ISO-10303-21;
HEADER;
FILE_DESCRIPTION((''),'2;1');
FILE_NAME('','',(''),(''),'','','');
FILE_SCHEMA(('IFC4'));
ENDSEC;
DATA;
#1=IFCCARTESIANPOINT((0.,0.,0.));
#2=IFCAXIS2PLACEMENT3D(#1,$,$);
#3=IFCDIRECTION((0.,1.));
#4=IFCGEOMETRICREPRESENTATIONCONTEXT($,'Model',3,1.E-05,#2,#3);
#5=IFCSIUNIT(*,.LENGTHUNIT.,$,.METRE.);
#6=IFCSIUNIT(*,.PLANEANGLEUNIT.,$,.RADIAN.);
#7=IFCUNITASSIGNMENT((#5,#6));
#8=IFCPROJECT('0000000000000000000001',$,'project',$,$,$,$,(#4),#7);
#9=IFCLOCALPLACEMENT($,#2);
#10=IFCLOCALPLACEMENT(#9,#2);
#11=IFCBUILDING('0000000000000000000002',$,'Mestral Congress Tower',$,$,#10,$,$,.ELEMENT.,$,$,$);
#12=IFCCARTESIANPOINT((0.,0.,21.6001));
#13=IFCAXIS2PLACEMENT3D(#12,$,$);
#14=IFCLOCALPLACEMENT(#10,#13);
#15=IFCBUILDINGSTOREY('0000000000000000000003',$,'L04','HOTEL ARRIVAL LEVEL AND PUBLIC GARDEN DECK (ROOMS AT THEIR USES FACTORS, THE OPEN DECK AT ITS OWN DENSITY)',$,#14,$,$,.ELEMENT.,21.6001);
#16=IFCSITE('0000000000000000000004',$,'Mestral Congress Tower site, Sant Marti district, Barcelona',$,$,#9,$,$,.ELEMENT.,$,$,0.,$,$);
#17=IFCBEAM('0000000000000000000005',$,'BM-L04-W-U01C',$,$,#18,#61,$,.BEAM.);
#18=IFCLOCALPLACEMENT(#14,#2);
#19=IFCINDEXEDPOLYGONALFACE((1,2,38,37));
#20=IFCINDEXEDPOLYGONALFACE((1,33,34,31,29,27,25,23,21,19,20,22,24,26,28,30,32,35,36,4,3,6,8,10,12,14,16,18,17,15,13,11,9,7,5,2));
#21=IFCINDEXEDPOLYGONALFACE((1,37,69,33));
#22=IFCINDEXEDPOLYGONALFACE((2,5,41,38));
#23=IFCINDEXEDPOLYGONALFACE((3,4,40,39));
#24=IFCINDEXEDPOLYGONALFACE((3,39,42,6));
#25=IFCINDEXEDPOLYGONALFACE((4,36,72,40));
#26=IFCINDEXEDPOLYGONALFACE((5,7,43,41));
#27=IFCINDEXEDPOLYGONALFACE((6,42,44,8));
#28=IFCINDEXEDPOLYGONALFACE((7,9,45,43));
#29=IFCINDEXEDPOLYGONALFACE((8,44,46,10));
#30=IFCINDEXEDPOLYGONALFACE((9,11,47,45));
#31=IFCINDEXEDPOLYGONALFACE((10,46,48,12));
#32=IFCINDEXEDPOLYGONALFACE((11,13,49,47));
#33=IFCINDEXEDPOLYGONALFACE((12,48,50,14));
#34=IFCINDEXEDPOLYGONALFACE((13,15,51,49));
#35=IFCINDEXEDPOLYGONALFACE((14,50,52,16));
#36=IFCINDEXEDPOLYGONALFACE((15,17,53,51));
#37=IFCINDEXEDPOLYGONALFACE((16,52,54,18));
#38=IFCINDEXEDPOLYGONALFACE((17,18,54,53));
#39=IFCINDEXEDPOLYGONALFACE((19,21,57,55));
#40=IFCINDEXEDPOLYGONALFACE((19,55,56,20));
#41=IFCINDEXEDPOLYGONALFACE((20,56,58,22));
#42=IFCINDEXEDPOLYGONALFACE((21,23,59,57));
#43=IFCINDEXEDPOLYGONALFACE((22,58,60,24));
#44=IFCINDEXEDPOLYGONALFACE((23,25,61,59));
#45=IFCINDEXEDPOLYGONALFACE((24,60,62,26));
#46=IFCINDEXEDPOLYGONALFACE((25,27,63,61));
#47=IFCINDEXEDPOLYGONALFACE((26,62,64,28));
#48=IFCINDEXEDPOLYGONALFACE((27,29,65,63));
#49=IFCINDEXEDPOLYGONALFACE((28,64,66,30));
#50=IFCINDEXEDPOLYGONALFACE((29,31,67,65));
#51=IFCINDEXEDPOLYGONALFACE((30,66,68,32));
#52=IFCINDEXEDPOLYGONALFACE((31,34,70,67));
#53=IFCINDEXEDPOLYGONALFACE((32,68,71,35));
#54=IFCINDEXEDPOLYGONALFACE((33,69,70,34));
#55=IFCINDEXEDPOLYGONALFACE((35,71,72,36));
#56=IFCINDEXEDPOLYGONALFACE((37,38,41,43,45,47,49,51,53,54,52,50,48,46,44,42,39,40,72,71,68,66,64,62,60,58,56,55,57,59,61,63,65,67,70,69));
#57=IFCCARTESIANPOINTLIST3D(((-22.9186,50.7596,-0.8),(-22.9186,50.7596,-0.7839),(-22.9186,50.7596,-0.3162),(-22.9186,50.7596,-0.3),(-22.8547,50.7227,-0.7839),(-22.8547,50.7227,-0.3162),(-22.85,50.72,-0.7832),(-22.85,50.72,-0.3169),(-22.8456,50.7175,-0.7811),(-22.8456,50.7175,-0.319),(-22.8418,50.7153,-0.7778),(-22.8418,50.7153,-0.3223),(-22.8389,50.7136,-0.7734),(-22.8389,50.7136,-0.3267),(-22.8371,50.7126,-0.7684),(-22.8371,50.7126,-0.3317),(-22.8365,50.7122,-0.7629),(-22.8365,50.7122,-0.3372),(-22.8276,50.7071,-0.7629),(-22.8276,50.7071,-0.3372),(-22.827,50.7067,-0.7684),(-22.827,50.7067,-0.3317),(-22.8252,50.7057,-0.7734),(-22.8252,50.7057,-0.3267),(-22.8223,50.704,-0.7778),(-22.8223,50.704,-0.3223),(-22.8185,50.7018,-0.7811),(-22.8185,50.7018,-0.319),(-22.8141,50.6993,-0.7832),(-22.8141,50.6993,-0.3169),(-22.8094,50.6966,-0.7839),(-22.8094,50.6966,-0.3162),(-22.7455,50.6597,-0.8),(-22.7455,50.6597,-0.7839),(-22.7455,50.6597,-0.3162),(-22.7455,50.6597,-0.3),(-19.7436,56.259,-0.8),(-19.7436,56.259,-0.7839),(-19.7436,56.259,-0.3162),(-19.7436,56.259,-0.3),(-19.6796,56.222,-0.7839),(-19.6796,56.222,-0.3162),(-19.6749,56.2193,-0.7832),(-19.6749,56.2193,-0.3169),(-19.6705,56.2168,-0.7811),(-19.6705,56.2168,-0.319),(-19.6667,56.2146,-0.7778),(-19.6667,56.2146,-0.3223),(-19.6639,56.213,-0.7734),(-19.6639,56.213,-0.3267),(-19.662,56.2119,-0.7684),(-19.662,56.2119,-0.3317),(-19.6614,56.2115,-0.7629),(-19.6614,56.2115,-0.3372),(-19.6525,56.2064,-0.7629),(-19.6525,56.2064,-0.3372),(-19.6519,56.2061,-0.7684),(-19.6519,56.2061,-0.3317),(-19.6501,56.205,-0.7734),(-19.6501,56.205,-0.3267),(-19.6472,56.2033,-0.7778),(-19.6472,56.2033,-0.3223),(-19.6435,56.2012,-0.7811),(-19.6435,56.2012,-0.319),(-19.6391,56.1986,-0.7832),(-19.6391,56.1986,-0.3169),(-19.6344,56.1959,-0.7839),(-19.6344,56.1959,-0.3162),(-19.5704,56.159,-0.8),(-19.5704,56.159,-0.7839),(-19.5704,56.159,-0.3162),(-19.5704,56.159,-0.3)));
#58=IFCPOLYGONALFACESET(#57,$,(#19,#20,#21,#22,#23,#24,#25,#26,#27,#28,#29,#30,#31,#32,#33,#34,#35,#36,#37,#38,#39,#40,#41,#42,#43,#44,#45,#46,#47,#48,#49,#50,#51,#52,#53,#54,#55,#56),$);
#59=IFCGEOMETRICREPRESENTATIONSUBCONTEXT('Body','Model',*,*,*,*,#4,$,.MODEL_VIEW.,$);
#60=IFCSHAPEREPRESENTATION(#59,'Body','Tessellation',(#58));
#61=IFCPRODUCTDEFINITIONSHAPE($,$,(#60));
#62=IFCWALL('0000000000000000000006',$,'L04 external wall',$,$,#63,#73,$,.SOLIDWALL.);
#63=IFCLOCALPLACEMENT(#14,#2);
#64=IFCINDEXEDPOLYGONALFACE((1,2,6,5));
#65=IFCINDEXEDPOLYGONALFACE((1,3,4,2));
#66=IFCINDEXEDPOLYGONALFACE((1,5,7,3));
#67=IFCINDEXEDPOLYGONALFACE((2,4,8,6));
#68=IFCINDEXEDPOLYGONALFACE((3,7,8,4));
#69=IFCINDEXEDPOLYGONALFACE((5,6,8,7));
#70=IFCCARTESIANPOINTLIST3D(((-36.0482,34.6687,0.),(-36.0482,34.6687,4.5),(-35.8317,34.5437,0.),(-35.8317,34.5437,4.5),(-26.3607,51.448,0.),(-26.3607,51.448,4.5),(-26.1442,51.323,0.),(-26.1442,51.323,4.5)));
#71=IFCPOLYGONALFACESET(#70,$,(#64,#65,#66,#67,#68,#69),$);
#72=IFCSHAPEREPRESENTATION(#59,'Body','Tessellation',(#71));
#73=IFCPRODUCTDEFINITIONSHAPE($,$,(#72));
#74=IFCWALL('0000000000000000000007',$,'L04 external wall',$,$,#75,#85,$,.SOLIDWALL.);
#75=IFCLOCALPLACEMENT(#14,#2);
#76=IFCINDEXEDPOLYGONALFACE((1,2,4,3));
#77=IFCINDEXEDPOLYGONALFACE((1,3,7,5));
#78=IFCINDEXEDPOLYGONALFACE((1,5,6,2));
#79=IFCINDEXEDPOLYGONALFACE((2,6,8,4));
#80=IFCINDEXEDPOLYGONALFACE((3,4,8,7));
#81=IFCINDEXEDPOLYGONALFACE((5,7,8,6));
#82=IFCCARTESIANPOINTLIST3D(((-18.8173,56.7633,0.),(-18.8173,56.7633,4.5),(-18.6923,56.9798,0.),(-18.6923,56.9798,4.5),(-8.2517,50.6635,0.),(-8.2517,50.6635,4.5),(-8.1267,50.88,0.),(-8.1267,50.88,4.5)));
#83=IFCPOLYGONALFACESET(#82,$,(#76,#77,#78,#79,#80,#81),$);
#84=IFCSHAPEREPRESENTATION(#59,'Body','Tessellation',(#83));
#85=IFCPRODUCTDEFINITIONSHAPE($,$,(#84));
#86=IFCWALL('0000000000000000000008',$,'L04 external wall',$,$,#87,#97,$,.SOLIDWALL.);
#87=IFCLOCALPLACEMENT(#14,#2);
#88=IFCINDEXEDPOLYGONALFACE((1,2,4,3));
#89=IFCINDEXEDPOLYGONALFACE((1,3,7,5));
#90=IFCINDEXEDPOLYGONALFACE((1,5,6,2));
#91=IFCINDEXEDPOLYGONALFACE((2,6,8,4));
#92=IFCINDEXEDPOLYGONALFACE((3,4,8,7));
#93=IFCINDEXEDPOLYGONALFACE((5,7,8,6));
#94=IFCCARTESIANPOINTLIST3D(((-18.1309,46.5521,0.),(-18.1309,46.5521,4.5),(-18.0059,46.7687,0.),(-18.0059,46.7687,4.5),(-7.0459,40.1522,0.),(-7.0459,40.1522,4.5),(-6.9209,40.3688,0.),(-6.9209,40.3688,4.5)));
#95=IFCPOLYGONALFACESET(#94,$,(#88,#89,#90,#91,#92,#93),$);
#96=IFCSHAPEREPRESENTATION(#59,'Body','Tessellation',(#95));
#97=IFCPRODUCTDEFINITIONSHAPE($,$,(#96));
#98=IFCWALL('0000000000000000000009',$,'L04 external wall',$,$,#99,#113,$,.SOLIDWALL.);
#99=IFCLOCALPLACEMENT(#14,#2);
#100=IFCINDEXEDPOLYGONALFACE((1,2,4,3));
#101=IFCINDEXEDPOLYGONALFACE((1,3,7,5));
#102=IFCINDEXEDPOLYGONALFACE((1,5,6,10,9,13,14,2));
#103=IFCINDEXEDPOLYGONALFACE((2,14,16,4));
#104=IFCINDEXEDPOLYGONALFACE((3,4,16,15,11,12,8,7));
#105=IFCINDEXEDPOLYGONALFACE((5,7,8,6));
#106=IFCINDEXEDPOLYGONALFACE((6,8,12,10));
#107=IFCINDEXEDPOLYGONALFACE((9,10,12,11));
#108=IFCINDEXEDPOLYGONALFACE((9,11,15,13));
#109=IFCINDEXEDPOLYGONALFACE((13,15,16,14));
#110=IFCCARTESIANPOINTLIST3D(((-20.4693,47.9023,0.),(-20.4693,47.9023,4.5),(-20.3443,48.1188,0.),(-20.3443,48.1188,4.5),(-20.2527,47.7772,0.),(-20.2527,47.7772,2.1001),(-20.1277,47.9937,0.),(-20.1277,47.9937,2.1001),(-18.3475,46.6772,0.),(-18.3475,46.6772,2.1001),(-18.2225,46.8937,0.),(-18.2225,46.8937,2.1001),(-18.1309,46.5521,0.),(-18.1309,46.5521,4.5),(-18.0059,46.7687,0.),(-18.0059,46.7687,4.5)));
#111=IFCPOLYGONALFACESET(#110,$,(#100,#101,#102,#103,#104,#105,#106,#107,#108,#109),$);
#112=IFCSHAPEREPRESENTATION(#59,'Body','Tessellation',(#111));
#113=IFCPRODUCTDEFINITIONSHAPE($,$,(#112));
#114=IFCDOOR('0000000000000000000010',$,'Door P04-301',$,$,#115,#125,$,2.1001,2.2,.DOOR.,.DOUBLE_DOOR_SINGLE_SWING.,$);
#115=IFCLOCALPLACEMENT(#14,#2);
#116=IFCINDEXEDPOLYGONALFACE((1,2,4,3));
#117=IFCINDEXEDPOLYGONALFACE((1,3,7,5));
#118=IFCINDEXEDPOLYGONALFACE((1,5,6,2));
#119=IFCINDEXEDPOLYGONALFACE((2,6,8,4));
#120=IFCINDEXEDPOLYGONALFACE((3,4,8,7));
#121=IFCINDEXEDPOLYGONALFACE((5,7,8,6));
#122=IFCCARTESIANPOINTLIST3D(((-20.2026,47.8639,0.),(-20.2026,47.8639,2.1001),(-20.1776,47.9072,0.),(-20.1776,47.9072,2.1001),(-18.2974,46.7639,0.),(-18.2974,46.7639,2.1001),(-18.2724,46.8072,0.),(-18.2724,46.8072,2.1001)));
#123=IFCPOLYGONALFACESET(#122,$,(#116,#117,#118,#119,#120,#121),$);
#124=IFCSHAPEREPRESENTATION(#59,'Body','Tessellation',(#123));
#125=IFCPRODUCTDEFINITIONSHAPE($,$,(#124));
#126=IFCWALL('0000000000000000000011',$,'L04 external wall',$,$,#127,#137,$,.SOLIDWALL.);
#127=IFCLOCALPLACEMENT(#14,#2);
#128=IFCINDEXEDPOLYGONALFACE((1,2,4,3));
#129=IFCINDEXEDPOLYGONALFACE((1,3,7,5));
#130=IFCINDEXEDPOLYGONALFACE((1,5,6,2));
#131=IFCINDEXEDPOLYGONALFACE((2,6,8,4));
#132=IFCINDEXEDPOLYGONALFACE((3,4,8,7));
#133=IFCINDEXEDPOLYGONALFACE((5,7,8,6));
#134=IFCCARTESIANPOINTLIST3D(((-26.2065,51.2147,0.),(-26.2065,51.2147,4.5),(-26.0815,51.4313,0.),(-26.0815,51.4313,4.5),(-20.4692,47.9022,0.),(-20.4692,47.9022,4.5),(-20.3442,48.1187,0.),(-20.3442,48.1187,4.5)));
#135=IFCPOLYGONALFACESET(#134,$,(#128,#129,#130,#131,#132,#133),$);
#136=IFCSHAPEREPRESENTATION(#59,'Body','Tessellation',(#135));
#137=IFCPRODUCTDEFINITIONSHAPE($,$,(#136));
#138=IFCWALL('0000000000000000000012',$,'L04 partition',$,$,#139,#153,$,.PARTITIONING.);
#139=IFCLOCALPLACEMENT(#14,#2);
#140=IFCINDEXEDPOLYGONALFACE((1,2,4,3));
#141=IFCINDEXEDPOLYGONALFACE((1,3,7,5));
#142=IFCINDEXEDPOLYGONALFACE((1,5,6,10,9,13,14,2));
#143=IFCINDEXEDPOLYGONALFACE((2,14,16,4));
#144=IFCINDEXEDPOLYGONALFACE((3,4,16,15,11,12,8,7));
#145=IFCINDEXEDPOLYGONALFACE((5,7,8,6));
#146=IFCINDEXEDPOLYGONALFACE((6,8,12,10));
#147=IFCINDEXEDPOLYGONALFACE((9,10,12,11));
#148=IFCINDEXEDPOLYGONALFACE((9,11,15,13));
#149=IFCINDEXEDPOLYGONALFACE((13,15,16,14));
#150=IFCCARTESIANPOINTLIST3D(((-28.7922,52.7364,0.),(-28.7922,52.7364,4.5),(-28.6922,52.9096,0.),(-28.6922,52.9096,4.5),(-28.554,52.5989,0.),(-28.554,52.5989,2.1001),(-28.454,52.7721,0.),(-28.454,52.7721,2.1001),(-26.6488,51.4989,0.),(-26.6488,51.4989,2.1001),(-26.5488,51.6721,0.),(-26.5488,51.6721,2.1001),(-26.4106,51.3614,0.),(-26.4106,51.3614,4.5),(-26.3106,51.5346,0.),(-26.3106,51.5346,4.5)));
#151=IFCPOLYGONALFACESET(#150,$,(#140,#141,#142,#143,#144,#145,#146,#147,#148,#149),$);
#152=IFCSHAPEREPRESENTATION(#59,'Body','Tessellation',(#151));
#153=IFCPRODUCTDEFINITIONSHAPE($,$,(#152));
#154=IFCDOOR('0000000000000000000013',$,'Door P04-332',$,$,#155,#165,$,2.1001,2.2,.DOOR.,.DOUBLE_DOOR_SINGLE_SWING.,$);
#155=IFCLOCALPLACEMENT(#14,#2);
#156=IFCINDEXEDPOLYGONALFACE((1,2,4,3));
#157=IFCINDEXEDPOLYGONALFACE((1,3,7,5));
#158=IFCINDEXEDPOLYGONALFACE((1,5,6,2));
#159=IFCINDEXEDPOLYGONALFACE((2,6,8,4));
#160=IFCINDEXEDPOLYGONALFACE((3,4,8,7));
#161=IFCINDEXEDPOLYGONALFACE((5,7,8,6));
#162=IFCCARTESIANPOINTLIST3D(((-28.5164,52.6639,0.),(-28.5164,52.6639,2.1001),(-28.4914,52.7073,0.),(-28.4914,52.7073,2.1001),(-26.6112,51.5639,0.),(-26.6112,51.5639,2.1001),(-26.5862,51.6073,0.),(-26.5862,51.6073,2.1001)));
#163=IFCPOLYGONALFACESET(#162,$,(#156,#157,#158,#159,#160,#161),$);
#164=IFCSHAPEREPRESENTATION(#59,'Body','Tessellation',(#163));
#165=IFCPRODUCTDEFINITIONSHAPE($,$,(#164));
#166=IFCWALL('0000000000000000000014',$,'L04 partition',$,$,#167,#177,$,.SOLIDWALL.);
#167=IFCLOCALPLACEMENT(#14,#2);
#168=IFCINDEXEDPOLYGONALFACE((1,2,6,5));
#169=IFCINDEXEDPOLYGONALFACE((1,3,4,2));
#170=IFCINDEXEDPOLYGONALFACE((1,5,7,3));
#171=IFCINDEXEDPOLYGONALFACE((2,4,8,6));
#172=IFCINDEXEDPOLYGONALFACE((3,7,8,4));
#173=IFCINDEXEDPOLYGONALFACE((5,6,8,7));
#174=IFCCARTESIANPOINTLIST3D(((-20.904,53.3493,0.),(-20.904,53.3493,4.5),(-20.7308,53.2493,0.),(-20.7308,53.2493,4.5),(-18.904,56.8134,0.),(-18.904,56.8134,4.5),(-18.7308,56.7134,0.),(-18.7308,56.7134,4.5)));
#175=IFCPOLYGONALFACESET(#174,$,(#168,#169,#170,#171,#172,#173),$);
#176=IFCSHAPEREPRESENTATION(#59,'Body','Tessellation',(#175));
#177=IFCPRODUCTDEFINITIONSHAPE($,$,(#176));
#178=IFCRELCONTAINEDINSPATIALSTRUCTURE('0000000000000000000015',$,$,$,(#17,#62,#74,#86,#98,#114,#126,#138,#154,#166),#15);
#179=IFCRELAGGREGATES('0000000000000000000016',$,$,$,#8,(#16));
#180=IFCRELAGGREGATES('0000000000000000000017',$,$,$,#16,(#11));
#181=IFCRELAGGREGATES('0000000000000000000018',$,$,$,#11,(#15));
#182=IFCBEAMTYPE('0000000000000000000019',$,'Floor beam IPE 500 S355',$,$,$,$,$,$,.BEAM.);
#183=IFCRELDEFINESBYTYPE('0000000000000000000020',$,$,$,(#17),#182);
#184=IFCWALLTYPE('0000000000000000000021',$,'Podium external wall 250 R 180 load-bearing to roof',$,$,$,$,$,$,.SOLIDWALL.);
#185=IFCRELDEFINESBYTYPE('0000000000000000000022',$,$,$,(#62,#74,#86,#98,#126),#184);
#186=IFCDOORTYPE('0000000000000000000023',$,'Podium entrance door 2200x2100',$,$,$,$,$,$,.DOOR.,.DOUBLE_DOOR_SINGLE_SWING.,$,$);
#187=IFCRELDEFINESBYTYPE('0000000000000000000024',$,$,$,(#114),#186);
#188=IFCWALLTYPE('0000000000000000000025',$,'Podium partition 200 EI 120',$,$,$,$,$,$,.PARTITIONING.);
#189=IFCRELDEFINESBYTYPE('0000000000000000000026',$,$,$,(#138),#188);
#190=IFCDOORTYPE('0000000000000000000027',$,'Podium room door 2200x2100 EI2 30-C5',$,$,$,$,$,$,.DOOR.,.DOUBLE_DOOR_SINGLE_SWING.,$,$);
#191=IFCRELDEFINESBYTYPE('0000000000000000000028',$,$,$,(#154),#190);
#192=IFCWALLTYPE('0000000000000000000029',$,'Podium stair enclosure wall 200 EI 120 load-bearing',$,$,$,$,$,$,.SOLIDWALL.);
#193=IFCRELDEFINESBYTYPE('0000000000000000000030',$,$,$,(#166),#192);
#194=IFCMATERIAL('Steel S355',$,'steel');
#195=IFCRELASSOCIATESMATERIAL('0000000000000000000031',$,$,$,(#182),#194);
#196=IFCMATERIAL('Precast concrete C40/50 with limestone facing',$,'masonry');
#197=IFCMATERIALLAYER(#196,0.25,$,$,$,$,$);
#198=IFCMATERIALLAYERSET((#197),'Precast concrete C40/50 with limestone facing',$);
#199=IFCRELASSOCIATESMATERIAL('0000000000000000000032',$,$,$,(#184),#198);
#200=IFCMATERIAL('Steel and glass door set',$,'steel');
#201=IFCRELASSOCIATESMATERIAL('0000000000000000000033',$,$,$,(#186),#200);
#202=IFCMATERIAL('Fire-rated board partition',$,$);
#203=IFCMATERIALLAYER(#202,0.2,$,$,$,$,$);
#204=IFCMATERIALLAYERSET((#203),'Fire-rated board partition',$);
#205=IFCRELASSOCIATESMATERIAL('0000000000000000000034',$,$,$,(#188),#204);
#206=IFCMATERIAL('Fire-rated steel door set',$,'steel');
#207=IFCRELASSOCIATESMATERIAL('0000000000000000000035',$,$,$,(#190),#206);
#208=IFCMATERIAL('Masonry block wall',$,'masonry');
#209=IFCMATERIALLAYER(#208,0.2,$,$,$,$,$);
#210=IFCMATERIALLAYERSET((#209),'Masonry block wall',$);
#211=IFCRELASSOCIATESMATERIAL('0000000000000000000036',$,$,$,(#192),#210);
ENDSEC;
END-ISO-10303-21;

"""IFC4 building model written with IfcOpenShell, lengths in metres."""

from ifc_helpers import new_model, si_unit, direction, frame, frame_2d, origin, origin_2d, place, context, subcontext, project, spatial, rectangle, i_section, extrude, material, layer, layer_set, material_profile, profile_set, type_object, element, fill, save


model = new_model("IFC4")

# Units and contexts
model_context = context("Model", 3, precision=1e-05, world=origin(), true_north=direction((0.0, 1.0)))
body_context = subcontext(model_context, "Body", "Model", "MODEL_VIEW")
ifc_project = project(units=[si_unit("LENGTHUNIT", "METRE"), si_unit("PLANEANGLEUNIT", "RADIAN")], contexts=[model_context])

# Site, building, storey
site_placement = place(None, origin())
site = spatial("IfcSite", under=ifc_project, at=site_placement, Name="Mestral Congress Tower site, Sant Marti district, Barcelona", CompositionType="ELEMENT", RefElevation=0.0)
building_placement = place(site_placement, origin())
building = spatial("IfcBuilding", under=site, at=building_placement, Name="Mestral Congress Tower", CompositionType="ELEMENT")
storey_placement = place(building_placement, frame((0.0, 0.0, 21.6001)))
storey = spatial("IfcBuildingStorey", under=building, at=storey_placement, Name="L04", Description="HOTEL ARRIVAL LEVEL AND PUBLIC GARDEN DECK (ROOMS AT THEIR USES FACTORS, THE OPEN DECK AT ITS OWN DENSITY)", CompositionType="ELEMENT", Elevation=21.6001)

# Beam
ifc_material_1 = material(Name="Steel S355", Category="steel")
ifc_material_profile = material_profile(ifc_material_1, i_section(OverallWidth=0.2, OverallDepth=0.5, WebThickness=0.0103, FlangeThickness=0.0161, FilletRadius=0.021, at=origin_2d()), Name="IPE 500")
ifc_profile_set = profile_set([ifc_material_profile], Name="Steel S355")
beam_type = type_object("IfcBeamType", Name="Floor beam IPE 500 S355", PredefinedType="BEAM", material=ifc_profile_set)
beam_placement = place(storey_placement, frame((-19.657, 56.209, -0.55), z_axis=(-0.500005, -0.866022, 0.0), x_axis=(0.866022, -0.500005, 0.0)))
element("IfcBeam", 1, at=beam_placement, inside=storey, type_object=beam_type, Name="BM-L04-W-U01C", PredefinedType="BEAM", context=body_context, shape_type="SweptSolid", body=[
    extrude(i_section(OverallWidth=0.2, OverallDepth=0.5, WebThickness=0.0103, FlangeThickness=0.0161, FilletRadius=0.021, at=origin_2d()), origin(), (0.0, 0.0, 1.0), 6.3501),
])

# Walls
ifc_material_2 = material(Name="Precast concrete C40/50 with limestone facing", Category="masonry")
ifc_layer_1 = layer(ifc_material_2, 0.25)
ifc_layer_set_1 = layer_set([ifc_layer_1], Name="Precast concrete C40/50 with limestone facing")
wall_type_1 = type_object("IfcWallType", Name="Podium external wall 250 R 180 load-bearing to roof", PredefinedType="SOLIDWALL", material=ifc_layer_set_1)
wall_1_placement = place(storey_placement, frame((-26.2524, 51.3855, 0.0), z_axis=(0.0, 0.0, 1.0), x_axis=(-0.499999, -0.866026, 0.0)))
element("IfcWall", 2, at=wall_1_placement, inside=storey, type_object=wall_type_1, Name="L04 external wall", PredefinedType="SOLIDWALL", context=body_context, shape_type="SweptSolid", body=[
    extrude(rectangle(XDim=19.375, YDim=0.25, at=frame_2d((9.6875, 0.0))), origin(), (0.0, 0.0, 1.0), 4.5),
])
wall_2_placement = place(storey_placement, frame((-18.7549, 56.8716, 0.0), z_axis=(0.0, 0.0, 1.0), x_axis=(0.866034, -0.499985, 0.0)))
element("IfcWall", 3, at=wall_2_placement, inside=storey, type_object=wall_type_1, Name="L04 external wall", PredefinedType="SOLIDWALL", context=body_context, shape_type="SweptSolid", body=[
    extrude(rectangle(XDim=12.2, YDim=0.25, at=frame_2d((6.1001, 0.0))), origin(), (0.0, 0.0, 1.0), 4.5),
])
wall_3_placement = place(storey_placement, frame((-18.0684, 46.6604, 0.0), z_axis=(0.0, 0.0, 1.0), x_axis=(0.866025, -0.5, 0.0)))
element("IfcWall", 4, at=wall_3_placement, inside=storey, type_object=wall_type_1, Name="L04 external wall", PredefinedType="SOLIDWALL", context=body_context, shape_type="SweptSolid", body=[
    extrude(rectangle(XDim=12.7998, YDim=0.25, at=frame_2d((6.3999, 0.0))), origin(), (0.0, 0.0, 1.0), 4.5),
])

# Wall, opening, door
wall_4_placement = place(storey_placement, frame((-18.0684, 46.6604, 0.0), z_axis=(0.0, 0.0, 1.0), x_axis=(-0.86602, 0.500009, 0.0)))
wall_4 = element("IfcWall", 5, at=wall_4_placement, inside=storey, type_object=wall_type_1, Name="L04 external wall", PredefinedType="SOLIDWALL", context=body_context, shape_type="SweptSolid", body=[
    extrude(rectangle(XDim=2.7002, YDim=0.25, at=frame_2d((1.3501, 0.0))), origin(), (0.0, 0.0, 1.0), 4.5),
])
opening_1_placement = place(wall_4_placement, frame((0.25, 0.0, 0.0)))
opening_1 = element("IfcOpeningElement", 6, at=opening_1_placement, cuts=wall_4, PredefinedType="OPENING", context=body_context, shape_type="SweptSolid", body=[
    extrude(rectangle(XDim=2.2, YDim=2.1001, at=frame_2d((1.1001, 1.05))), frame((0.0, 0.135, 0.0), z_axis=(0.0, -1.0, 0.0), x_axis=(1.0, 0.0, 0.0)), (0.0, 0.0, 1.0), 0.27),
])
ifc_material_3 = material(Name="Steel and glass door set", Category="steel")
door_type_1 = type_object("IfcDoorType", Name="Podium entrance door 2200x2100", OperationType="DOUBLE_DOOR_SINGLE_SWING", PredefinedType="DOOR", material=ifc_material_3)
door_1_placement = place(opening_1_placement, origin())
door_1 = element("IfcDoor", 7, at=door_1_placement, inside=storey, type_object=door_type_1, Name="Door P04-301", OperationType="DOUBLE_DOOR_SINGLE_SWING", OverallHeight=2.1001, OverallWidth=2.2, PredefinedType="DOOR", context=body_context, shape_type="SweptSolid", body=[
    extrude(rectangle(XDim=2.2, YDim=2.1001, at=frame_2d((1.1001, 1.05))), frame((0.0, 0.0249, 0.0), z_axis=(0.0, -1.0, 0.0), x_axis=(1.0, 0.0, 0.0)), (0.0, 0.0, 1.0), 0.05),
])
fill(opening_1, door_1)

# Wall
wall_5_placement = place(storey_placement, frame((-26.144, 51.323, 0.0), z_axis=(0.0, 0.0, 1.0), x_axis=(0.866021, -0.500007, 0.0)))
element("IfcWall", 8, at=wall_5_placement, inside=storey, type_object=wall_type_1, Name="L04 external wall", PredefinedType="SOLIDWALL", context=body_context, shape_type="SweptSolid", body=[
    extrude(rectangle(XDim=6.625, YDim=0.25, at=frame_2d((3.3125, 0.0))), origin(), (0.0, 0.0, 1.0), 4.5),
])

# Wall, opening, door
ifc_material_4 = material(Name="Fire-rated board partition")
ifc_layer_2 = layer(ifc_material_4, 0.2)
ifc_layer_set_2 = layer_set([ifc_layer_2], Name="Fire-rated board partition")
wall_type_2 = type_object("IfcWallType", Name="Podium partition 200 EI 120", PredefinedType="PARTITIONING", material=ifc_layer_set_2)
wall_6_placement = place(storey_placement, frame((-26.3606, 51.448, 0.0), z_axis=(0.0, 0.0, 1.0), x_axis=(-0.866027, 0.499997, 0.0)))
wall_6 = element("IfcWall", 9, at=wall_6_placement, inside=storey, type_object=wall_type_2, Name="L04 partition", PredefinedType="PARTITIONING", context=body_context, shape_type="SweptSolid", body=[
    extrude(rectangle(XDim=2.75, YDim=0.2, at=frame_2d((1.375, 0.0))), origin(), (0.0, 0.0, 1.0), 4.5),
])
opening_2_placement = place(wall_6_placement, frame((0.2749, 0.0, 0.0)))
opening_2 = element("IfcOpeningElement", 10, at=opening_2_placement, cuts=wall_6, PredefinedType="OPENING", context=body_context, shape_type="SweptSolid", body=[
    extrude(rectangle(XDim=2.2, YDim=2.1001, at=frame_2d((1.1001, 1.05))), frame((0.0, 0.1099, 0.0), z_axis=(0.0, -1.0, 0.0), x_axis=(1.0, 0.0, 0.0)), (0.0, 0.0, 1.0), 0.22),
])
ifc_material_5 = material(Name="Fire-rated steel door set", Category="steel")
door_type_2 = type_object("IfcDoorType", Name="Podium room door 2200x2100 EI2 30-C5", OperationType="DOUBLE_DOOR_SINGLE_SWING", PredefinedType="DOOR", material=ifc_material_5)
door_2_placement = place(opening_2_placement, origin())
door_2 = element("IfcDoor", 11, at=door_2_placement, inside=storey, type_object=door_type_2, Name="Door P04-332", OperationType="DOUBLE_DOOR_SINGLE_SWING", OverallHeight=2.1001, OverallWidth=2.2, PredefinedType="DOOR", context=body_context, shape_type="SweptSolid", body=[
    extrude(rectangle(XDim=2.2, YDim=2.1001, at=frame_2d((1.1001, 1.05))), frame((0.0, 0.0249, 0.0), z_axis=(0.0, -1.0, 0.0), x_axis=(1.0, 0.0, 0.0)), (0.0, 0.0, 1.0), 0.05),
])
fill(opening_2, door_2)

# Wall
ifc_material_6 = material(Name="Masonry block wall", Category="masonry")
ifc_layer_3 = layer(ifc_material_6, 0.2)
ifc_layer_set_3 = layer_set([ifc_layer_3], Name="Masonry block wall")
wall_type_3 = type_object("IfcWallType", Name="Podium stair enclosure wall 200 EI 120 load-bearing", PredefinedType="SOLIDWALL", material=ifc_layer_set_3)
for number, where, z_axis, x_axis, name in (
    (12, (-18.8174, 56.7634, 0.0), (0.0, 0.0, 1.0), (-0.499999, -0.866026, 0.0), "L04 partition"),
):
    element("IfcWall", number, at=place(storey_placement, frame(where, z_axis=z_axis, x_axis=x_axis)), inside=storey, type_object=wall_type_3, Name=name, PredefinedType="SOLIDWALL", context=body_context, shape_type="SweptSolid", body=[
        extrude(rectangle(XDim=4.0, YDim=0.2, at=frame_2d((2.0, 0.0))), origin(), (0.0, 0.0, 1.0), 4.5),
    ])

save(model, "model.ifc")
